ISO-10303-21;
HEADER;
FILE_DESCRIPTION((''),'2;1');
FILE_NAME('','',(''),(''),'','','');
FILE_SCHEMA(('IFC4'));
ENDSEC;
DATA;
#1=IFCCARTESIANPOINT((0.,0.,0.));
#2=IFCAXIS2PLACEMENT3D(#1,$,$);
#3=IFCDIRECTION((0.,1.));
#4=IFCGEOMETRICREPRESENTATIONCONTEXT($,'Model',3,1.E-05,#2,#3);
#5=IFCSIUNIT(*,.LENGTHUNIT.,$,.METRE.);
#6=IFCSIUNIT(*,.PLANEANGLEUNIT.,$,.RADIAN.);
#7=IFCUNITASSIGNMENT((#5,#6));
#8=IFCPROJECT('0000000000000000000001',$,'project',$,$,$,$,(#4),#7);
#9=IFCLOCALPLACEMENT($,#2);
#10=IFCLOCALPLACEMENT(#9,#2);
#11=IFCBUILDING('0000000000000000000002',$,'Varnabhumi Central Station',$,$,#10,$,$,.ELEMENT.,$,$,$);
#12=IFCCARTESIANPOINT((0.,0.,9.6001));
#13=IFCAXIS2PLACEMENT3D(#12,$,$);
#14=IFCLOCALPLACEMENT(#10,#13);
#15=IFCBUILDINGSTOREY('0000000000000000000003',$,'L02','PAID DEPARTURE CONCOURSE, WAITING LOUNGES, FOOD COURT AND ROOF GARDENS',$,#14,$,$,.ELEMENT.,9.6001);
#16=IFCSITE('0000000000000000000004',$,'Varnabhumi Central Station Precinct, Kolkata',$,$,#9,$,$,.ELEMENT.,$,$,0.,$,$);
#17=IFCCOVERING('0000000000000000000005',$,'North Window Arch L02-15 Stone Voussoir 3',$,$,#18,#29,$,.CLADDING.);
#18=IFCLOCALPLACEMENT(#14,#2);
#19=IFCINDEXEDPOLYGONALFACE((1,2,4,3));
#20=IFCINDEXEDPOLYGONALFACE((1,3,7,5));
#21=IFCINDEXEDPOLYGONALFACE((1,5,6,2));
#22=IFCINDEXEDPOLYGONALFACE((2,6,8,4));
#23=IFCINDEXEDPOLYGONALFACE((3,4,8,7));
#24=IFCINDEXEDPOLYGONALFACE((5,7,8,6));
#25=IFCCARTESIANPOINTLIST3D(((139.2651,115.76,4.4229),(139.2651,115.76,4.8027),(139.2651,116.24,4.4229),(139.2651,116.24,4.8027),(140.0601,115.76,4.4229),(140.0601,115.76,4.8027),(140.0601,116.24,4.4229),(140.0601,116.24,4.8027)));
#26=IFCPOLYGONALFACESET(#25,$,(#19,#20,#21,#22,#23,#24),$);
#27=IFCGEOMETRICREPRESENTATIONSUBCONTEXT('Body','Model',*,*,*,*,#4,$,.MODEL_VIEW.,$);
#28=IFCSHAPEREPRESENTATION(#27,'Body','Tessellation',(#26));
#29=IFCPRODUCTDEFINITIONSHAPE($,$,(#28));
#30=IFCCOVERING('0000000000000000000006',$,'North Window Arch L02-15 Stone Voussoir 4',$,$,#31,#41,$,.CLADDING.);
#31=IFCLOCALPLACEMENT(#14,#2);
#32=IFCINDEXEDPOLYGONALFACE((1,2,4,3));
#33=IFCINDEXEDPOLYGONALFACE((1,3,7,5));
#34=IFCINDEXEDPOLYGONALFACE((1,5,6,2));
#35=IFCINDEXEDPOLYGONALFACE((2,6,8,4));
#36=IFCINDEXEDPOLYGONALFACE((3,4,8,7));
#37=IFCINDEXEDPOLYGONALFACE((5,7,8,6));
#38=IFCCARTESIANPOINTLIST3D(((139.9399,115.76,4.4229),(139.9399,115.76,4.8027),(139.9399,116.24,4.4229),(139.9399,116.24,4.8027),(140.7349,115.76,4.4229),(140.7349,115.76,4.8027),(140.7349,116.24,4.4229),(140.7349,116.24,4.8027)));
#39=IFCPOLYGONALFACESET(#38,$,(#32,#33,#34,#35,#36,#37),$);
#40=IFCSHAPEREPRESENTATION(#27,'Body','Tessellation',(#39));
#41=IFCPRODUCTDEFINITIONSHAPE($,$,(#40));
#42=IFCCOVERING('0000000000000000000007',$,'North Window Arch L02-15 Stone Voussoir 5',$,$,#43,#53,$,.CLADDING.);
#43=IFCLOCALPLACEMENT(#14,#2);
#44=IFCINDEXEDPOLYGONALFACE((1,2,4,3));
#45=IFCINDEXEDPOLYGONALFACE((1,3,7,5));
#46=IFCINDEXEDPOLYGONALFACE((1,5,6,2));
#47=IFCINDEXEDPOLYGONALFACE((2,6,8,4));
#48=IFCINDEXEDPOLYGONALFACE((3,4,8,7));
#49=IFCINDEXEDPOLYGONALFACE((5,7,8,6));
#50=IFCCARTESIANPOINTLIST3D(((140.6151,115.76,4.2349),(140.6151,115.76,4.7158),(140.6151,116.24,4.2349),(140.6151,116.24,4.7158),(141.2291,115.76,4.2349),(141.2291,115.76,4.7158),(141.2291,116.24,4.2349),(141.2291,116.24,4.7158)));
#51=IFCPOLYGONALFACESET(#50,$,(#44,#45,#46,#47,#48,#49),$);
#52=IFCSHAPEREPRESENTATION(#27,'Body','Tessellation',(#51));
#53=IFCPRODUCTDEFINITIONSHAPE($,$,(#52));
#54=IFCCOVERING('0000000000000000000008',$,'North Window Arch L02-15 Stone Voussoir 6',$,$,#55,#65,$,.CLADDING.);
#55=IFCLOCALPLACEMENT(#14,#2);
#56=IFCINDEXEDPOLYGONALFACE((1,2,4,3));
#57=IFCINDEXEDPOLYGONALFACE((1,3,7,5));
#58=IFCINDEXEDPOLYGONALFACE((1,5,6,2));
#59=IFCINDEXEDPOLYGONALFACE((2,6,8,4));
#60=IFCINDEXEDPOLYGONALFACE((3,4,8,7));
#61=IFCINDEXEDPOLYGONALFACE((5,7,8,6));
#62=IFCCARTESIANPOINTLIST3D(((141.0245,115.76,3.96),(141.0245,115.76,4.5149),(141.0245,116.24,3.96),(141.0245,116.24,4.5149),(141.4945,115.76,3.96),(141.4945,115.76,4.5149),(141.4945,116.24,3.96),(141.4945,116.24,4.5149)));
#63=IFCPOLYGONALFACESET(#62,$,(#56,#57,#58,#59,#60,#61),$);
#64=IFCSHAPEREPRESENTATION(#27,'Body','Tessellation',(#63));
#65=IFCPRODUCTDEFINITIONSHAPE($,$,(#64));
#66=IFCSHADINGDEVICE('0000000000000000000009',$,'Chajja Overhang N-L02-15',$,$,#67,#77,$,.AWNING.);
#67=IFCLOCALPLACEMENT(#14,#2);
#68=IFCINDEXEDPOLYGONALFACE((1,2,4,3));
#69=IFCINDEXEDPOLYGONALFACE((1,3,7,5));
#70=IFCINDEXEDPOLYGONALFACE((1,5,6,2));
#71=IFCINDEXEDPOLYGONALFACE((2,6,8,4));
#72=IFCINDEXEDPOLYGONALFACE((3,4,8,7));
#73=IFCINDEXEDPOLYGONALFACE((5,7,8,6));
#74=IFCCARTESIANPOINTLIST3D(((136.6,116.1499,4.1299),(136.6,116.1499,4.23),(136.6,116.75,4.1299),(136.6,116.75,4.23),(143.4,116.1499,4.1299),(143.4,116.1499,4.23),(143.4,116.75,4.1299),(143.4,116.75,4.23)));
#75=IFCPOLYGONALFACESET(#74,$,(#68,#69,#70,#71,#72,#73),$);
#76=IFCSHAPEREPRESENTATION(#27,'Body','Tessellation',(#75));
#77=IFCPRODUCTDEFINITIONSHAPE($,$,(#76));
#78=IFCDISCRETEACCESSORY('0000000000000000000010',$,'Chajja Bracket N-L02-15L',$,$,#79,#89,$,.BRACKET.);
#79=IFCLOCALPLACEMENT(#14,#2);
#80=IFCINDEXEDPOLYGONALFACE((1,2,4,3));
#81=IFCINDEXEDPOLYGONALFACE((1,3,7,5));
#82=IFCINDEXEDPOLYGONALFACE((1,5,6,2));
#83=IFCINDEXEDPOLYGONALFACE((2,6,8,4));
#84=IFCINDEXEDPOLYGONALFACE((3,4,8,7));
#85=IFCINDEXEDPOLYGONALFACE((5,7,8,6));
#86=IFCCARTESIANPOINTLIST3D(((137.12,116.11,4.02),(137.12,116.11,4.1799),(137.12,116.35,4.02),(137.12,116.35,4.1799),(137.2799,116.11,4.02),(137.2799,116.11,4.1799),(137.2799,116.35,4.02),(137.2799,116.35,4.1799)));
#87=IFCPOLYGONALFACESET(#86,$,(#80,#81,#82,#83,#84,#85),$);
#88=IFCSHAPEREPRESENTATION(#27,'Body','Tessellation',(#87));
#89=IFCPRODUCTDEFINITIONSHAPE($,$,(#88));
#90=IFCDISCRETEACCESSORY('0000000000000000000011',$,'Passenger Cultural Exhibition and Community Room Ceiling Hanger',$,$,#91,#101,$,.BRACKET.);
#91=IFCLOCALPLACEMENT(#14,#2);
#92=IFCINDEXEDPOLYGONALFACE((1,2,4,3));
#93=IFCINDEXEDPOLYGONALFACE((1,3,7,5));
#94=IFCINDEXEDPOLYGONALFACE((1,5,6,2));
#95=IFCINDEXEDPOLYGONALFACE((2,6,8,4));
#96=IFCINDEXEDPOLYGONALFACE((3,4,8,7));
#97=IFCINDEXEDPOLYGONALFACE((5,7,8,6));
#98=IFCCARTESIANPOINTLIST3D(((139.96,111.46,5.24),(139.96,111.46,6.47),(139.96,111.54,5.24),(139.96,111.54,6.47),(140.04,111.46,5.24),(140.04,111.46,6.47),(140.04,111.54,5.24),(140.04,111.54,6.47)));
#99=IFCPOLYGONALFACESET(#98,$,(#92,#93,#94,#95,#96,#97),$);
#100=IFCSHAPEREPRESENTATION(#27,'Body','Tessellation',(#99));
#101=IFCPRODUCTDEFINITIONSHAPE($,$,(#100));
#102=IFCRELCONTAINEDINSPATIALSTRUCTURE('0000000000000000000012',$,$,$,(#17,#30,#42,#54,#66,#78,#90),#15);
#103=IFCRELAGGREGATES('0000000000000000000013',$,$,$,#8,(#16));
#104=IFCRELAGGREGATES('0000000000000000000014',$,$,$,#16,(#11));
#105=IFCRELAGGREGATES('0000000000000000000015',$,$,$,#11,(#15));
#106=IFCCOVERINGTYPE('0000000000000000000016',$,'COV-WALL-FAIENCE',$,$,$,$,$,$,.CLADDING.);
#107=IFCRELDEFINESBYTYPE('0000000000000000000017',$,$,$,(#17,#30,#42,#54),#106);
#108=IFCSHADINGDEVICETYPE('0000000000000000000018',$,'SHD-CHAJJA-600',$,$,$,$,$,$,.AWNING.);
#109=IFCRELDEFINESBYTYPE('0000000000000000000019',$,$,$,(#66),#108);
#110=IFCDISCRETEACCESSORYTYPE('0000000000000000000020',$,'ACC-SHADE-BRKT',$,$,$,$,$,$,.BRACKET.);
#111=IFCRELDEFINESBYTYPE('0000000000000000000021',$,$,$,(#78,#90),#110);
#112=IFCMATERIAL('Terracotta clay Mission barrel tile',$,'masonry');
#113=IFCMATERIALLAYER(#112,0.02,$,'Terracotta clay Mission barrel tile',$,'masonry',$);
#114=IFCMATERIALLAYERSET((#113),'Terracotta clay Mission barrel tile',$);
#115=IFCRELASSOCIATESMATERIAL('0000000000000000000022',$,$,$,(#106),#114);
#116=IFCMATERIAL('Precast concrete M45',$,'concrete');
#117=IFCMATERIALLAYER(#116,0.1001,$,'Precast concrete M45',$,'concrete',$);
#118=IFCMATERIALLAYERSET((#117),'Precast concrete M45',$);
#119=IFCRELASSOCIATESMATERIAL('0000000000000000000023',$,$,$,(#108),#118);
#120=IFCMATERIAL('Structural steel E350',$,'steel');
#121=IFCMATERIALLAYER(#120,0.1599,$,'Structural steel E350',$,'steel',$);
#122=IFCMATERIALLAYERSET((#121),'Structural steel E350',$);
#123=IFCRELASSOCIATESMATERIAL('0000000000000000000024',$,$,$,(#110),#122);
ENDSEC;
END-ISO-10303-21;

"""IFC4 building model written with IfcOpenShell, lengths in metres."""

from ifc_helpers import new_model, si_unit, direction, frame, origin, origin_2d, place, context, subcontext, project, spatial, rectangle, extrude, material, layer, layer_set, type_object, element, save


model = new_model("IFC4")

# Units and contexts
model_context = context("Model", 3, precision=1e-05, world=origin(), true_north=direction((0.0, 1.0)))
body_context = subcontext(model_context, "Body", "Model", "MODEL_VIEW")
ifc_project = project(units=[si_unit("LENGTHUNIT", "METRE"), si_unit("PLANEANGLEUNIT", "RADIAN")], contexts=[model_context])

# Site, building, storey
site_placement = place(None, origin())
site = spatial("IfcSite", under=ifc_project, at=site_placement, Name="Varnabhumi Central Station Precinct, Kolkata", CompositionType="ELEMENT", RefElevation=0.0)
building_placement = place(site_placement, origin())
building = spatial("IfcBuilding", under=site, at=building_placement, Name="Varnabhumi Central Station", CompositionType="ELEMENT")
storey_placement = place(building_placement, frame((0.0, 0.0, 9.6001)))
storey = spatial("IfcBuildingStorey", under=building, at=storey_placement, Name="L02", Description="PAID DEPARTURE CONCOURSE, WAITING LOUNGES, FOOD COURT AND ROOF GARDENS", CompositionType="ELEMENT", Elevation=9.6001)

# Shared definitions
ifc_material_1 = material(Name="Structural steel E350", Category="steel")

# Coverings
ifc_material_2 = material(Name="Terracotta clay Mission barrel tile", Category="masonry")
ifc_layer_1 = layer(ifc_material_2, 0.02, Name="Terracotta clay Mission barrel tile", Category="masonry")
ifc_layer_set_1 = layer_set([ifc_layer_1], Name="Terracotta clay Mission barrel tile")
covering_type = type_object("IfcCoveringType", Name="COV-WALL-FAIENCE", PredefinedType="CLADDING", material=ifc_layer_set_1)
for number, where, z_axis, x_axis, name in (
    (1, (139.6626, 116.0, 4.4229), (0.0, 0.0, 1.0), (1.0, 0.0, 0.0), "North Window Arch L02-15 Stone Voussoir 3"),
    (2, (140.3374, 116.0, 4.4229), (0.0, 0.0, 1.0), (1.0, 0.0, 0.0), "North Window Arch L02-15 Stone Voussoir 4"),
):
    element("IfcCovering", number, at=place(storey_placement, frame(where, z_axis=z_axis, x_axis=x_axis)), inside=storey, type_object=covering_type, Name=name, PredefinedType="CLADDING", context=body_context, shape_type="SweptSolid", body=[
        extrude(rectangle(XDim=0.7949, YDim=0.48, at=origin_2d()), origin(), (0.0, 0.0, 1.0), 0.3799),
    ])
covering_1_placement = place(storey_placement, frame((140.9221, 116.0, 4.2349), z_axis=(0.0, 0.0, 1.0), x_axis=(1.0, 0.0, 0.0)))
element("IfcCovering", 3, at=covering_1_placement, inside=storey, type_object=covering_type, Name="North Window Arch L02-15 Stone Voussoir 5", PredefinedType="CLADDING", context=body_context, shape_type="SweptSolid", body=[
    extrude(rectangle(XDim=0.614, YDim=0.48, at=origin_2d()), origin(), (0.0, 0.0, 1.0), 0.481),
])
covering_2_placement = place(storey_placement, frame((141.2595, 116.0, 3.96), z_axis=(0.0, 0.0, 1.0), x_axis=(1.0, 0.0, 0.0)))
element("IfcCovering", 4, at=covering_2_placement, inside=storey, type_object=covering_type, Name="North Window Arch L02-15 Stone Voussoir 6", PredefinedType="CLADDING", context=body_context, shape_type="SweptSolid", body=[
    extrude(rectangle(XDim=0.47, YDim=0.48, at=origin_2d()), origin(), (0.0, 0.0, 1.0), 0.5549),
])

# Shading device
ifc_material_3 = material(Name="Precast concrete M45", Category="concrete")
ifc_layer_2 = layer(ifc_material_3, 0.1001, Name="Precast concrete M45", Category="concrete")
ifc_layer_set_2 = layer_set([ifc_layer_2], Name="Precast concrete M45")
shading_device_type = type_object("IfcShadingDeviceType", Name="SHD-CHAJJA-600", PredefinedType="AWNING", material=ifc_layer_set_2)
shading_device_placement = place(storey_placement, frame((140.0, 116.45, 4.1299), z_axis=(0.0, 0.0, 1.0), x_axis=(1.0, 0.0, 0.0)))
element("IfcShadingDevice", 5, at=shading_device_placement, inside=storey, type_object=shading_device_type, Name="Chajja Overhang N-L02-15", PredefinedType="AWNING", context=body_context, shape_type="SweptSolid", body=[
    extrude(rectangle(XDim=6.8, YDim=0.6001, at=origin_2d()), origin(), (0.0, 0.0, 1.0), 0.1001),
])

# Discrete accessories
ifc_layer_3 = layer(ifc_material_1, 0.1599, Name="Structural steel E350", Category="steel")
ifc_layer_set_3 = layer_set([ifc_layer_3], Name="Structural steel E350")
discrete_accessory_type = type_object("IfcDiscreteAccessoryType", Name="ACC-SHADE-BRKT", PredefinedType="BRACKET", material=ifc_layer_set_3)
discrete_accessory_1_placement = place(storey_placement, frame((137.2, 116.23, 4.02), z_axis=(0.0, 0.0, 1.0), x_axis=(1.0, 0.0, 0.0)))
element("IfcDiscreteAccessory", 6, at=discrete_accessory_1_placement, inside=storey, type_object=discrete_accessory_type, Name="Chajja Bracket N-L02-15L", PredefinedType="BRACKET", context=body_context, shape_type="SweptSolid", body=[
    extrude(rectangle(XDim=0.1599, YDim=0.24, at=origin_2d()), origin(), (0.0, 0.0, 1.0), 0.1599),
])
discrete_accessory_2_placement = place(storey_placement, frame((140.0, 111.5, 5.24), z_axis=(0.0, 0.0, 1.0), x_axis=(1.0, 0.0, 0.0)))
element("IfcDiscreteAccessory", 7, at=discrete_accessory_2_placement, inside=storey, type_object=discrete_accessory_type, Name="Passenger Cultural Exhibition and Community Room Ceiling Hanger", PredefinedType="BRACKET", context=body_context, shape_type="SweptSolid", body=[
    extrude(rectangle(XDim=0.0801, YDim=0.0801, at=origin_2d()), origin(), (0.0, 0.0, 1.0), 1.23),
])

save(model, "model.ifc")
